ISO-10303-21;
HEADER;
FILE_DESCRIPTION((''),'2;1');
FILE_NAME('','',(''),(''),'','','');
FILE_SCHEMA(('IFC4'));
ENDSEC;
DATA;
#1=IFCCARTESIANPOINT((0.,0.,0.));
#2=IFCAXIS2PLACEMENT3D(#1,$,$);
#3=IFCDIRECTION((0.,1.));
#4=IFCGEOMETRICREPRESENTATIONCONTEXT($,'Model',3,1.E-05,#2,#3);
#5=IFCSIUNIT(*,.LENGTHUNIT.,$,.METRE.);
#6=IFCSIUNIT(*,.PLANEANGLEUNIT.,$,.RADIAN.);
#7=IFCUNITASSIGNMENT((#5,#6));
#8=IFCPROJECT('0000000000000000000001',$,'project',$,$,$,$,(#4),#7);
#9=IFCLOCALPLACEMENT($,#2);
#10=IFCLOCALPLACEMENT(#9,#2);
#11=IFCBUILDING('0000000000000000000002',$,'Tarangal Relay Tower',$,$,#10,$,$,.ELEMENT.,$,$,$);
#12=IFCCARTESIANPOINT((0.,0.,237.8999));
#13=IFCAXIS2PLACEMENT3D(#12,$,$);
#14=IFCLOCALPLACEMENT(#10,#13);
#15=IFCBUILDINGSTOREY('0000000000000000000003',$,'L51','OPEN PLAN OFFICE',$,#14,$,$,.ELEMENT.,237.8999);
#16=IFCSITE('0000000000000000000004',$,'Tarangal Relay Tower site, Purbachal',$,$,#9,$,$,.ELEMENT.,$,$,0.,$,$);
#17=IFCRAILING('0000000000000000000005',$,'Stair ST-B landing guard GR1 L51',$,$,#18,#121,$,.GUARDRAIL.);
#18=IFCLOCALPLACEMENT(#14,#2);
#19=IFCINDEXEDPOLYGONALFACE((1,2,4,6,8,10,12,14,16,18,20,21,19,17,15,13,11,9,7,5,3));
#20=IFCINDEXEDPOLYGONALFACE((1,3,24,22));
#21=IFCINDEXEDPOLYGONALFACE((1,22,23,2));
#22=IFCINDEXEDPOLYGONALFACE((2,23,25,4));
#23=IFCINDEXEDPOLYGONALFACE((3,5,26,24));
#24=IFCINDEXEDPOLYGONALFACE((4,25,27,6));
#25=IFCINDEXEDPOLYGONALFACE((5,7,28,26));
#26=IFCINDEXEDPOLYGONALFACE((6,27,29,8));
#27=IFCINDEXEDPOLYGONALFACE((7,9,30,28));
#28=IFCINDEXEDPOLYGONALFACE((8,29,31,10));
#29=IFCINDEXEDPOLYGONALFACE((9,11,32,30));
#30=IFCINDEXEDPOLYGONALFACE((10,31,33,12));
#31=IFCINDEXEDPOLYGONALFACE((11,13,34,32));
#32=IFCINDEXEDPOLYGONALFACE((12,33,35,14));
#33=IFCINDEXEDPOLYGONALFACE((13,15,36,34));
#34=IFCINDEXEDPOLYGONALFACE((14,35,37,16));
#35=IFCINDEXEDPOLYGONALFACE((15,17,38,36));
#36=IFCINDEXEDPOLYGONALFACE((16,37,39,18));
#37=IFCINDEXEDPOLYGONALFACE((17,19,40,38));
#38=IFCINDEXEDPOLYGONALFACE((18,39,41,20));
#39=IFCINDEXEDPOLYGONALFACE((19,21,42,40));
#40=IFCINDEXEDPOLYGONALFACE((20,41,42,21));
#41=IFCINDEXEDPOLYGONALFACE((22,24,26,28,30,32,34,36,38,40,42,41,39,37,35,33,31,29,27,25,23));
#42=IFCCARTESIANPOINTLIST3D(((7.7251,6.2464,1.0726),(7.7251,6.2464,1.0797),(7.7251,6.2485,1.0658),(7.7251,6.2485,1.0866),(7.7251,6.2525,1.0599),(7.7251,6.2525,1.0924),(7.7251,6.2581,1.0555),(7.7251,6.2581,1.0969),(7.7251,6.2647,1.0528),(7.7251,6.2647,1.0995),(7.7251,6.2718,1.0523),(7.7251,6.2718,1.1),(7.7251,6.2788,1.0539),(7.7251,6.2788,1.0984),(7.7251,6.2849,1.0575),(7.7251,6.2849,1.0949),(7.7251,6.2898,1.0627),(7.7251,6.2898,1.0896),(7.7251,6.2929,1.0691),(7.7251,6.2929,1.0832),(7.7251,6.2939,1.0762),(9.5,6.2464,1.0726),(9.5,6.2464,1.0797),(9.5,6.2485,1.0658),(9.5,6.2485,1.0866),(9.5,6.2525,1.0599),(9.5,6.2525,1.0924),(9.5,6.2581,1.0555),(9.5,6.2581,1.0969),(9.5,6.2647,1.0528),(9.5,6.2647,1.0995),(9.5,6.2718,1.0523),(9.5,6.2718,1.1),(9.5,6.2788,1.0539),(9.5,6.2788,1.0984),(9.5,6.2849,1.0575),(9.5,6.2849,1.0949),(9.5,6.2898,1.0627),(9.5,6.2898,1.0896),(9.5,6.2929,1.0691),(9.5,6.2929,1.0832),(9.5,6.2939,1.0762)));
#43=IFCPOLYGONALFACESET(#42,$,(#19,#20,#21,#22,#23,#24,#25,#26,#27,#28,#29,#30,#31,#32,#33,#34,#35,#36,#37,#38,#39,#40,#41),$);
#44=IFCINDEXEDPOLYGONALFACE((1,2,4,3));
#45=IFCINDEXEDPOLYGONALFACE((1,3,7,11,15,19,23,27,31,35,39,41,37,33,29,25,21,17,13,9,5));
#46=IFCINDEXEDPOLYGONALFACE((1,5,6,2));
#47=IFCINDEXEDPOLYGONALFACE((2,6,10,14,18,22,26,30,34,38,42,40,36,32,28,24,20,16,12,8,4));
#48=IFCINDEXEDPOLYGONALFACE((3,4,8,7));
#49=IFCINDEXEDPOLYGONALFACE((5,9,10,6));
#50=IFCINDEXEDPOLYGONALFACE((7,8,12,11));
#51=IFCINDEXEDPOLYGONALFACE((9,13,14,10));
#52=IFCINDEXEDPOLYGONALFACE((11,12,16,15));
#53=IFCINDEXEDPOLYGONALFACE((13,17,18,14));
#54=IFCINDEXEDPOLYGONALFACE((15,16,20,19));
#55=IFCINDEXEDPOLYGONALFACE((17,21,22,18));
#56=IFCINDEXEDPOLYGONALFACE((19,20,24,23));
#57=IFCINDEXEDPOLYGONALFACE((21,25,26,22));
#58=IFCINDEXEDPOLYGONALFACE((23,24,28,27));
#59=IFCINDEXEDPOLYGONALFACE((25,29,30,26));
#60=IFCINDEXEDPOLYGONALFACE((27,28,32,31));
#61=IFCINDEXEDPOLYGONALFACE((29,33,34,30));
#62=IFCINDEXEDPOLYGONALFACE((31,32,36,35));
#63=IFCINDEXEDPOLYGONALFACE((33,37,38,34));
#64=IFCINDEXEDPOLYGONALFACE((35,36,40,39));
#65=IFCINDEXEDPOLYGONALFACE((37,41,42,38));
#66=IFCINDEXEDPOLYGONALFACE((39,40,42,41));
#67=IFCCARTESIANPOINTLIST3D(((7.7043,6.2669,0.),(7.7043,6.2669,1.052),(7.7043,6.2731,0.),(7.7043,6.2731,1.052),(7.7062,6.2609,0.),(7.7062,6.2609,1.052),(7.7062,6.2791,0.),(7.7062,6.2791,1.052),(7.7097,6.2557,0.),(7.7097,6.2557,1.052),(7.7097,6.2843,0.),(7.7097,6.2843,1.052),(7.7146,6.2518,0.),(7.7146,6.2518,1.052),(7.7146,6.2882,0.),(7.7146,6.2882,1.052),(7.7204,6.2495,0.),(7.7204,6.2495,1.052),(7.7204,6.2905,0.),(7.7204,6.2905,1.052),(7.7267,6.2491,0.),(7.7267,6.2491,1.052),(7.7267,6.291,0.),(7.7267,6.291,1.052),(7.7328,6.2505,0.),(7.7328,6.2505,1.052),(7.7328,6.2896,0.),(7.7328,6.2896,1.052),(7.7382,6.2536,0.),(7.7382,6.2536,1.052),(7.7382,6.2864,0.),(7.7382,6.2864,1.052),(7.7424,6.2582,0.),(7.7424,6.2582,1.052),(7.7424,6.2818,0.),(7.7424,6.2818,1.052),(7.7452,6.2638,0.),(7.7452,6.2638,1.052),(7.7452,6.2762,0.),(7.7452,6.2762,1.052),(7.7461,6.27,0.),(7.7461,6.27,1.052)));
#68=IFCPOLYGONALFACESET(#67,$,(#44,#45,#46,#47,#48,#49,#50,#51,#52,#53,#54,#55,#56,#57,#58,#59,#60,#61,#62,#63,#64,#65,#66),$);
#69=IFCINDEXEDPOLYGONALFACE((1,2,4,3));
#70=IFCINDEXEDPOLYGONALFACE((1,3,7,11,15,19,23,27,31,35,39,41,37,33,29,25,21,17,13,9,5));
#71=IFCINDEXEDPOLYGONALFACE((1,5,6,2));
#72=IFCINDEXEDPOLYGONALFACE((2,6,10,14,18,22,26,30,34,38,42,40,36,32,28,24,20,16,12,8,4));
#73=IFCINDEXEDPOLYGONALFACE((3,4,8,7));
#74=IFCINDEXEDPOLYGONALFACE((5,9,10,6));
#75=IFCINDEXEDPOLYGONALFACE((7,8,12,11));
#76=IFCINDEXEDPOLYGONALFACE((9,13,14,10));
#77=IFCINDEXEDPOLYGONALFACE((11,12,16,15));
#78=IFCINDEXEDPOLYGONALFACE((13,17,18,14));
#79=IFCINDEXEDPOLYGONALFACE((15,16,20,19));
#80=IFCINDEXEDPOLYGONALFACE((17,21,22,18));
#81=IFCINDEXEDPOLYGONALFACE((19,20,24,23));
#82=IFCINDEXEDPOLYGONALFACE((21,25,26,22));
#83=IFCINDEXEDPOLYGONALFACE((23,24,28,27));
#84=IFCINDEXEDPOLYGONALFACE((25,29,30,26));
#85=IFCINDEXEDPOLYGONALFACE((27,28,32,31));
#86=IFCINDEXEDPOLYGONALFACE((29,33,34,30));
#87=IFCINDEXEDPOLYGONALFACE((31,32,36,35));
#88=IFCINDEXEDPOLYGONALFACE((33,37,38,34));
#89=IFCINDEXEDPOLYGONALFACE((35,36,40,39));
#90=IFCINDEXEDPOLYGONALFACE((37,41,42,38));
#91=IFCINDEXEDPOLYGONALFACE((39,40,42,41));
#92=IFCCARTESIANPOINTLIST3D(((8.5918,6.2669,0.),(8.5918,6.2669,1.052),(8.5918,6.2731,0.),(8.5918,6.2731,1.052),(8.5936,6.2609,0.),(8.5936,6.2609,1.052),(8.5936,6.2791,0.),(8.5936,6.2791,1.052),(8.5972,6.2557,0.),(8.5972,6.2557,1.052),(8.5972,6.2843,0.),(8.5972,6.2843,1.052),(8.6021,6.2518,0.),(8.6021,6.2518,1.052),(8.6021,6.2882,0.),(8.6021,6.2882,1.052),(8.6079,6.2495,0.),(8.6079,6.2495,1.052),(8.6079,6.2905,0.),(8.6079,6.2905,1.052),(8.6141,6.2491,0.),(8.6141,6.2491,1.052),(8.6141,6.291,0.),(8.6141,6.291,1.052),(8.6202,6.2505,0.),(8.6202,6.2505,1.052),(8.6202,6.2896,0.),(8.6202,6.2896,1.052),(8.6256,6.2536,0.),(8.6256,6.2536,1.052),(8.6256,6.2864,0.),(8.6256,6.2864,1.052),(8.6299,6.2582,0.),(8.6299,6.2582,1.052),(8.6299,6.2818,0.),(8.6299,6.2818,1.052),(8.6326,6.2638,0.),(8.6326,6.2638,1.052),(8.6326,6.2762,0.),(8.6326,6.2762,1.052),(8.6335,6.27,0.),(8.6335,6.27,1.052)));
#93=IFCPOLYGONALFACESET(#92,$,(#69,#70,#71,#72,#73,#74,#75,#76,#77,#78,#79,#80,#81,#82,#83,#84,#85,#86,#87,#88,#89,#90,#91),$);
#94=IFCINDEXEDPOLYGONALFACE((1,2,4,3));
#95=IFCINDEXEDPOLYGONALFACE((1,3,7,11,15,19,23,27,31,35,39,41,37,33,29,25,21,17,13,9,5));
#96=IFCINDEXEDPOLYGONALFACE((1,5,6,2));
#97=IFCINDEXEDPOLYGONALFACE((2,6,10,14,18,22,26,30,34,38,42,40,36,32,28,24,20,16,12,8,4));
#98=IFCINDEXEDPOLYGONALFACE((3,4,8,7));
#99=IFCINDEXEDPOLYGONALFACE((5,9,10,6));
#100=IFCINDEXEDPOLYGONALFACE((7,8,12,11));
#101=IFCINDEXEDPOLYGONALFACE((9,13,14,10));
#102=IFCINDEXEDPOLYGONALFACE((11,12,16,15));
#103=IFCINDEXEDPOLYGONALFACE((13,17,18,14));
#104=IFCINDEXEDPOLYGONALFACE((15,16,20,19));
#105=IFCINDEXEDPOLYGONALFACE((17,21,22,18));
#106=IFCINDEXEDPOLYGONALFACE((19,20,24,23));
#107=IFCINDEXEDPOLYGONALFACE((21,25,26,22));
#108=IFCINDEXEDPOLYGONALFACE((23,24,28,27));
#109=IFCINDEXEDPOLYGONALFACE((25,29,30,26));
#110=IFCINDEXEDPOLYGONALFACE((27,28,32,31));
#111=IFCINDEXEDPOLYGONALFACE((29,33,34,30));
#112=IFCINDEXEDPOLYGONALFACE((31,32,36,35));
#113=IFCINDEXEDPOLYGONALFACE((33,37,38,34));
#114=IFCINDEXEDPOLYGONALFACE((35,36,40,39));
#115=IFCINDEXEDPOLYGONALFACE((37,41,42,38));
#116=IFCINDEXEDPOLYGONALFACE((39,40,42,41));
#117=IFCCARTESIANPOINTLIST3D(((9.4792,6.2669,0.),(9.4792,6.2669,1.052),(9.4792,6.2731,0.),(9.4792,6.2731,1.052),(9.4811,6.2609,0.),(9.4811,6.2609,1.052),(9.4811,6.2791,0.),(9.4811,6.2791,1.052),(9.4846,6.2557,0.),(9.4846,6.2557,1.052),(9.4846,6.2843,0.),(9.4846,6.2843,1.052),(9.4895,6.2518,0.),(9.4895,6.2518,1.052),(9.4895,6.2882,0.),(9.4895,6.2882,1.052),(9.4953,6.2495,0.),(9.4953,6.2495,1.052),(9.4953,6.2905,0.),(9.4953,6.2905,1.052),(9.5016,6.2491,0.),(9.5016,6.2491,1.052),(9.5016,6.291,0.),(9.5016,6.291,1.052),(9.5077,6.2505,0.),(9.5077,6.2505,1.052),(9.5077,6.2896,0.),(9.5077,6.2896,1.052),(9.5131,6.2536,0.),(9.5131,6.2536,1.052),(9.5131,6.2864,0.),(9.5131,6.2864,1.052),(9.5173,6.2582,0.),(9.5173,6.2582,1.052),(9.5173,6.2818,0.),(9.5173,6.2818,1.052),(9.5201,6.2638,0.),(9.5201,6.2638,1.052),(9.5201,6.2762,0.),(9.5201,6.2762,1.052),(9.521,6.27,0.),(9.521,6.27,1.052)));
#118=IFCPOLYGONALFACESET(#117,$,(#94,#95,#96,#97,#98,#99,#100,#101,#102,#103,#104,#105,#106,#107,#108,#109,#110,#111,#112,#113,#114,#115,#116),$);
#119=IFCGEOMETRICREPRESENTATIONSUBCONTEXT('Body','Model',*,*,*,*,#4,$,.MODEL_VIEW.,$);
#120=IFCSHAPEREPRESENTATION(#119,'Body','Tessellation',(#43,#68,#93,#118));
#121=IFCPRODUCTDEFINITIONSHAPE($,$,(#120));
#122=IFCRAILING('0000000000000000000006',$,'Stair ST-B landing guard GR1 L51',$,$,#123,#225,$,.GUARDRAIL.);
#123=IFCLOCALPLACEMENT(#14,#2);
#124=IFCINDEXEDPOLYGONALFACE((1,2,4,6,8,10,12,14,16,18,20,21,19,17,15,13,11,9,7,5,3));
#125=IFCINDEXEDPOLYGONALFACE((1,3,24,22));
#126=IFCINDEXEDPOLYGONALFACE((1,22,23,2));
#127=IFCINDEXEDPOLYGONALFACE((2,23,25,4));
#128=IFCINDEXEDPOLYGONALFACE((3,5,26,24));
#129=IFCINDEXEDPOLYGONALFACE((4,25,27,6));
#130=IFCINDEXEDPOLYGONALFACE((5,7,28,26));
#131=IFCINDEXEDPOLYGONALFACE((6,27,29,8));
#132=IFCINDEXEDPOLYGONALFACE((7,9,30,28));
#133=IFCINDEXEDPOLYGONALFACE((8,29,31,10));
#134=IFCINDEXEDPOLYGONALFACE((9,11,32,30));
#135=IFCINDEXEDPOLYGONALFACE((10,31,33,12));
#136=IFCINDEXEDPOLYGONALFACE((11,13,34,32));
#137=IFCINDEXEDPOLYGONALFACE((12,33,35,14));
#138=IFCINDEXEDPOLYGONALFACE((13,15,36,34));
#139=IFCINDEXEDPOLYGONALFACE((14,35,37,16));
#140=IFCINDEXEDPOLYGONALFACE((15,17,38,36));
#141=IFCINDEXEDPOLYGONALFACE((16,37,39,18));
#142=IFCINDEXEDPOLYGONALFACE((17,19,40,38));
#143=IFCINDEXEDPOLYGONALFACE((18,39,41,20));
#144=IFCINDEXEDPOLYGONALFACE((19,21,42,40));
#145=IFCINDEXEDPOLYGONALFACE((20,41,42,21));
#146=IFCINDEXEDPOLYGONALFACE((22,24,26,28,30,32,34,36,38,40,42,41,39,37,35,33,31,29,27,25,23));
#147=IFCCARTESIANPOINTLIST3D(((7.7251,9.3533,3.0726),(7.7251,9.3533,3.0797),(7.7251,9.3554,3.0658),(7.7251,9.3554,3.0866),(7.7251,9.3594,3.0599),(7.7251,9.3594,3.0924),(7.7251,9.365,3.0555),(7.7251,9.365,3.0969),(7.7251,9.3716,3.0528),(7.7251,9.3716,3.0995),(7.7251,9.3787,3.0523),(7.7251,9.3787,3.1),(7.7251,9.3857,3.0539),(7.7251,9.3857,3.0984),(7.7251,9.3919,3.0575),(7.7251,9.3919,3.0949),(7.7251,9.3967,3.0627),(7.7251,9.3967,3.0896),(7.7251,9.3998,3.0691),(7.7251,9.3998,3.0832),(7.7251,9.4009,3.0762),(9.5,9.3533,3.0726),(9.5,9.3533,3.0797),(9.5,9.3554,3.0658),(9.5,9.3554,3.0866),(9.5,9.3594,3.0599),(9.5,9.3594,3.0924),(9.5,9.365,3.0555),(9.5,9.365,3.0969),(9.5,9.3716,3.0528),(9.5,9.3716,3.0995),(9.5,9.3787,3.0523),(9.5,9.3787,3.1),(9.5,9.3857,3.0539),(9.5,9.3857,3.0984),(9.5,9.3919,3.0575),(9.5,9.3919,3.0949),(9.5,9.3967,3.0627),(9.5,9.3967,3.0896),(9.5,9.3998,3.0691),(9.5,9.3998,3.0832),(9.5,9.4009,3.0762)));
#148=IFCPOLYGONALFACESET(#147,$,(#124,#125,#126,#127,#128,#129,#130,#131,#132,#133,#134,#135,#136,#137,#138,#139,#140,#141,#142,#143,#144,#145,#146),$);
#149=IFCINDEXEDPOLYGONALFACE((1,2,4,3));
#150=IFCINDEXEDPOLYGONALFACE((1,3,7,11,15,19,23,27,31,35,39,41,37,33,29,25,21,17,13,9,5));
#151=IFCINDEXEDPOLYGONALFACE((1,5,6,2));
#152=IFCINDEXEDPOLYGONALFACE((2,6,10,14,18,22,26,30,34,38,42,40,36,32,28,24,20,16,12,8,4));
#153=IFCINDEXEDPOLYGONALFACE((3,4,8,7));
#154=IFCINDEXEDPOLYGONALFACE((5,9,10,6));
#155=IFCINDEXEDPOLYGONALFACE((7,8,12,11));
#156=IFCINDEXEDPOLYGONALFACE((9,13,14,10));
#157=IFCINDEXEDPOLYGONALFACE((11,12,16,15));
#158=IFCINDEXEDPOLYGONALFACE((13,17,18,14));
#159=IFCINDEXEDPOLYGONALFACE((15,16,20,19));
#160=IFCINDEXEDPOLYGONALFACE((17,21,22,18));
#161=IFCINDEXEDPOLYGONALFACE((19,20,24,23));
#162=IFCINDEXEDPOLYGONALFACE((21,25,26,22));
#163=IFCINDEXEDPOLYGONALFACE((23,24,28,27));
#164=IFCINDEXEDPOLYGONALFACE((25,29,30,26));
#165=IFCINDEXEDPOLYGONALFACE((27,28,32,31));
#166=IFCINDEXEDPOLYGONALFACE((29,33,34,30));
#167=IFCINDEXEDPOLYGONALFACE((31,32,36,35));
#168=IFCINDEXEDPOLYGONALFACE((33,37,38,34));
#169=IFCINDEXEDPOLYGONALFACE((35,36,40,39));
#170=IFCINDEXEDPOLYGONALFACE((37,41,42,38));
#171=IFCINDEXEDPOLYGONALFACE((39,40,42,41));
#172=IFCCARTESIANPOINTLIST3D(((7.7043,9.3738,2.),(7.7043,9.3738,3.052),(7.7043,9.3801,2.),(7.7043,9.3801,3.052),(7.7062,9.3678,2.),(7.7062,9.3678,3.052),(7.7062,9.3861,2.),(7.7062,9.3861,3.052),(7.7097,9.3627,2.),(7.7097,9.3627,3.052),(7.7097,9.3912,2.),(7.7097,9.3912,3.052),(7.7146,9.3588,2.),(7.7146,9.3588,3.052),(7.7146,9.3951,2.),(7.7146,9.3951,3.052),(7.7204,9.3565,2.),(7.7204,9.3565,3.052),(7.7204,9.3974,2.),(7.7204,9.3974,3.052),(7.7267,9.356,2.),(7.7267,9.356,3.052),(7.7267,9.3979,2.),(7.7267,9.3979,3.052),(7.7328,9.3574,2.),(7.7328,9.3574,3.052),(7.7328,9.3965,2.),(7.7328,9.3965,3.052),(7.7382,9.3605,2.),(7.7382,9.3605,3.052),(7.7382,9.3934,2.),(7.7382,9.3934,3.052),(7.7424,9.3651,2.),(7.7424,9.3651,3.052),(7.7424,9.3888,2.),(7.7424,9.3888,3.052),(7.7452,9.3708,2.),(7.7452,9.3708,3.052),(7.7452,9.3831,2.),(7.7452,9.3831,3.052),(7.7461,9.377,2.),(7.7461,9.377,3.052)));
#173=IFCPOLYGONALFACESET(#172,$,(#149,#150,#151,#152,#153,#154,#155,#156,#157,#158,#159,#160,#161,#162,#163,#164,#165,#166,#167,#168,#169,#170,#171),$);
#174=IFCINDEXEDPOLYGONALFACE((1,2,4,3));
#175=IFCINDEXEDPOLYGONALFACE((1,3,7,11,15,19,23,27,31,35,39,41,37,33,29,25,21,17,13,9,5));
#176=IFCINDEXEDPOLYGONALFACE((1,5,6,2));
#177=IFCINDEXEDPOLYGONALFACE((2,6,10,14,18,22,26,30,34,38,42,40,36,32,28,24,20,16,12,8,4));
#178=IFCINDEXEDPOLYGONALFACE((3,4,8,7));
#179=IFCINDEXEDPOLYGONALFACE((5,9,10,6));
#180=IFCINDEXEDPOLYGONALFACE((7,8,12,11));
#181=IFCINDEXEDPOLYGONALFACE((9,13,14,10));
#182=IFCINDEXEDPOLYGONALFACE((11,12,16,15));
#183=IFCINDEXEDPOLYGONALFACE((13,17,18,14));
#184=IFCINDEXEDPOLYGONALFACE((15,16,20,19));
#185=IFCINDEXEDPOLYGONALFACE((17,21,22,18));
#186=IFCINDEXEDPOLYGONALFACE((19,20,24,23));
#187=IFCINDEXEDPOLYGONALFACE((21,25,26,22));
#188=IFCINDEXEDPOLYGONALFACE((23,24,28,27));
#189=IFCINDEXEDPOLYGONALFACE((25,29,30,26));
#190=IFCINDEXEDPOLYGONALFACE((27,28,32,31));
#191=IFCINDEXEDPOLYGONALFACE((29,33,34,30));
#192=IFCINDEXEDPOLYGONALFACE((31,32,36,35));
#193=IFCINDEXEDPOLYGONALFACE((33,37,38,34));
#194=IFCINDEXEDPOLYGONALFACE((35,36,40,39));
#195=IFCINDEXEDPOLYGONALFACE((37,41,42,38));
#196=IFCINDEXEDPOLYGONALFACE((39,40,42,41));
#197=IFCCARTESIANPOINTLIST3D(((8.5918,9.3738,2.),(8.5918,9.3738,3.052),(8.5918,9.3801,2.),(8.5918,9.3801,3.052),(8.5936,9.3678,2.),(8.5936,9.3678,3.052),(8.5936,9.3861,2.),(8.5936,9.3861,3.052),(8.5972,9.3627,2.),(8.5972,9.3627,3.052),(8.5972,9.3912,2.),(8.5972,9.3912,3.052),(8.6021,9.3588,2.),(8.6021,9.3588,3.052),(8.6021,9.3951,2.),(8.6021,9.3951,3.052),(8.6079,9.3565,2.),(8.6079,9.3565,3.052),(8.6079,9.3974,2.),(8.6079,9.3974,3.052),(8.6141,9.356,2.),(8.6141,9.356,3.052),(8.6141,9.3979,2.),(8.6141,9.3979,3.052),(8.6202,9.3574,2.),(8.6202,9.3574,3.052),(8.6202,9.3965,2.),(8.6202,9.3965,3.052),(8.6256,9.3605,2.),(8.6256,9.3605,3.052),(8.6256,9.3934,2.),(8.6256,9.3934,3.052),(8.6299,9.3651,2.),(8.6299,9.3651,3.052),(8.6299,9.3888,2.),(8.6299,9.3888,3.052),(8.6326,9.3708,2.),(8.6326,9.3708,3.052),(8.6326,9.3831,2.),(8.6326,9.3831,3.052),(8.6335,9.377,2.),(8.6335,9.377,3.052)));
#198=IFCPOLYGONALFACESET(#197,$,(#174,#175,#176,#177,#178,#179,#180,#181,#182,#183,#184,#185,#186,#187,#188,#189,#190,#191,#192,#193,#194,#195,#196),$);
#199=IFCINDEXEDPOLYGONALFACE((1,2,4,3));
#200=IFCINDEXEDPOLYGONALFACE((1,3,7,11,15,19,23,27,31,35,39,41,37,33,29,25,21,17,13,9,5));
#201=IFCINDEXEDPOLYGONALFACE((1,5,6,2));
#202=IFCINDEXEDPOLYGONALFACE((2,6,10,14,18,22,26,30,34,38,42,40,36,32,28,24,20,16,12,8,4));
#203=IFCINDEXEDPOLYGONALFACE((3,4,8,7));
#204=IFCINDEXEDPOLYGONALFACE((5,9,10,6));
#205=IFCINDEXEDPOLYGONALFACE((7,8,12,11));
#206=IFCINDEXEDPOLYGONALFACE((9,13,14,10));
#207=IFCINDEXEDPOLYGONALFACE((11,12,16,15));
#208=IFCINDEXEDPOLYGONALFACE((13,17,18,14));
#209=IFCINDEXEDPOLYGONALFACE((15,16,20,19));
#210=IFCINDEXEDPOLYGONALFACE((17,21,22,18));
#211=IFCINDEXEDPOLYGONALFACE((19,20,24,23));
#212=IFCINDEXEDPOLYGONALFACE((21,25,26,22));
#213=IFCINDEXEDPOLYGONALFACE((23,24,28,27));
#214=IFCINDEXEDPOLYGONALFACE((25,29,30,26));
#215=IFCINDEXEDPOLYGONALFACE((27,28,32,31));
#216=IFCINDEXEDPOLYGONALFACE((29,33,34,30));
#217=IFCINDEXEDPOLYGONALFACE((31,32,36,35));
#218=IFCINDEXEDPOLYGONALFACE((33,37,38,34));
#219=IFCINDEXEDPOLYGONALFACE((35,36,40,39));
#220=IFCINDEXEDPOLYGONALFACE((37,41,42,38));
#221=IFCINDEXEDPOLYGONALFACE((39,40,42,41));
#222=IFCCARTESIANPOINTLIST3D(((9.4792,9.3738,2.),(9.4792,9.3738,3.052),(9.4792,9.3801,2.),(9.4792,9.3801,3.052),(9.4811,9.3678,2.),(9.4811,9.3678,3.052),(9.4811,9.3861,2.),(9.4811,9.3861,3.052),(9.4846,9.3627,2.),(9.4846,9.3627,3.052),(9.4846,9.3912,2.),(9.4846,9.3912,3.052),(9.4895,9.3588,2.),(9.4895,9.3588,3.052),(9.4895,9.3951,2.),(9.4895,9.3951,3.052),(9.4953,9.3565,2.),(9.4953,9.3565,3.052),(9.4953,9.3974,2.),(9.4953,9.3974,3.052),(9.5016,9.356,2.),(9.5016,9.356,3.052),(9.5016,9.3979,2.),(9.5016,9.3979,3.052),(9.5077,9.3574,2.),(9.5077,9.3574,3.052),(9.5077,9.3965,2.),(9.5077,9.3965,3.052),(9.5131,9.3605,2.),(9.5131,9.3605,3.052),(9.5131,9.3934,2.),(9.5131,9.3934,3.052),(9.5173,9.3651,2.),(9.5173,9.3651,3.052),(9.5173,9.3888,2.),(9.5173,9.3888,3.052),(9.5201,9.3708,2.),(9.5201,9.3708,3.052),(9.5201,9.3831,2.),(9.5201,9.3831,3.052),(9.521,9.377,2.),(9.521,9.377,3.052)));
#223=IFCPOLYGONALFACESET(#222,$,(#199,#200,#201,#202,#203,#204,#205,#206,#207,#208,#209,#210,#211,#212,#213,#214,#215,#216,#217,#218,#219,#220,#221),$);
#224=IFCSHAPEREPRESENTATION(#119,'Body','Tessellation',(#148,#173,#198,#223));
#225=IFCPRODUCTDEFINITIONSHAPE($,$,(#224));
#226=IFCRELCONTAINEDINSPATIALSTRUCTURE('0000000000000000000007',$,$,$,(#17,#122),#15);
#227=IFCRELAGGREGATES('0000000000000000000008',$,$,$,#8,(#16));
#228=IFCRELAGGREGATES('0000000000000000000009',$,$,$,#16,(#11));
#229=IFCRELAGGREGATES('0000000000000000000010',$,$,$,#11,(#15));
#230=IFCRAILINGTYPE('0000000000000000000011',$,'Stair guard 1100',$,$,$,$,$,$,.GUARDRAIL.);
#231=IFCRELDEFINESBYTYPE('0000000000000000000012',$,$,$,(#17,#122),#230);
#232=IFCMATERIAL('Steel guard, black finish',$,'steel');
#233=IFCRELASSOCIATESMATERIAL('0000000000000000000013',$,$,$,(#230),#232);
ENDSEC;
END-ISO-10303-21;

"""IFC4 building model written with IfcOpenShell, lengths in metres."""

from ifc_helpers import new_model, si_unit, direction, frame, origin, origin_2d, place, context, subcontext, project, spatial, circle, extrude, material, type_object, element, save


model = new_model("IFC4")

# Units and contexts
model_context = context("Model", 3, precision=1e-05, world=origin(), true_north=direction((0.0, 1.0)))
body_context = subcontext(model_context, "Body", "Model", "MODEL_VIEW")
ifc_project = project(units=[si_unit("LENGTHUNIT", "METRE"), si_unit("PLANEANGLEUNIT", "RADIAN")], contexts=[model_context])

# Site, building, storey
site_placement = place(None, origin())
site = spatial("IfcSite", under=ifc_project, at=site_placement, Name="Tarangal Relay Tower site, Purbachal", CompositionType="ELEMENT", RefElevation=0.0)
building_placement = place(site_placement, origin())
building = spatial("IfcBuilding", under=site, at=building_placement, Name="Tarangal Relay Tower", CompositionType="ELEMENT")
storey_placement = place(building_placement, frame((0.0, 0.0, 237.8999)))
storey = spatial("IfcBuildingStorey", under=building, at=storey_placement, Name="L51", Description="OPEN PLAN OFFICE", CompositionType="ELEMENT", Elevation=237.8999)

# Railings
ifc_material_1 = material(Name="Steel guard, black finish", Category="steel")
railing_type_1 = type_object("IfcRailingType", Name="Stair guard 1100", PredefinedType="GUARDRAIL", material=ifc_material_1)
for number, where, name in (
    (1, (7.7251, 6.27, 0.0), "Stair ST-B landing guard GR1 L51"),
    (2, (7.7251, 9.377, 2.0), "Stair ST-B landing guard GR1 L51"),
):
    element("IfcRailing", number, at=place(storey_placement, frame(where)), inside=storey, type_object=railing_type_1, Name=name, PredefinedType="GUARDRAIL", context=body_context, shape_type="SweptSolid", body=[
        extrude(circle(Radius=0.0239, at=origin_2d()), frame((0.0, 0.0, 1.0762), z_axis=(1.0, 0.0, 0.0), x_axis=(0.0, 1.0, 0.0)), (0.0, 0.0, 1.0), 1.7749),
        extrude(circle(Radius=0.021, at=origin_2d()), origin(), (0.0, 0.0, 1.0), 1.052),
        extrude(circle(Radius=0.021, at=origin_2d()), frame((0.8875, 0.0, 0.0)), (0.0, 0.0, 1.0), 1.052),
        extrude(circle(Radius=0.021, at=origin_2d()), frame((1.7749, 0.0, 0.0)), (0.0, 0.0, 1.0), 1.052),
    ])

save(model, "model.ifc")
